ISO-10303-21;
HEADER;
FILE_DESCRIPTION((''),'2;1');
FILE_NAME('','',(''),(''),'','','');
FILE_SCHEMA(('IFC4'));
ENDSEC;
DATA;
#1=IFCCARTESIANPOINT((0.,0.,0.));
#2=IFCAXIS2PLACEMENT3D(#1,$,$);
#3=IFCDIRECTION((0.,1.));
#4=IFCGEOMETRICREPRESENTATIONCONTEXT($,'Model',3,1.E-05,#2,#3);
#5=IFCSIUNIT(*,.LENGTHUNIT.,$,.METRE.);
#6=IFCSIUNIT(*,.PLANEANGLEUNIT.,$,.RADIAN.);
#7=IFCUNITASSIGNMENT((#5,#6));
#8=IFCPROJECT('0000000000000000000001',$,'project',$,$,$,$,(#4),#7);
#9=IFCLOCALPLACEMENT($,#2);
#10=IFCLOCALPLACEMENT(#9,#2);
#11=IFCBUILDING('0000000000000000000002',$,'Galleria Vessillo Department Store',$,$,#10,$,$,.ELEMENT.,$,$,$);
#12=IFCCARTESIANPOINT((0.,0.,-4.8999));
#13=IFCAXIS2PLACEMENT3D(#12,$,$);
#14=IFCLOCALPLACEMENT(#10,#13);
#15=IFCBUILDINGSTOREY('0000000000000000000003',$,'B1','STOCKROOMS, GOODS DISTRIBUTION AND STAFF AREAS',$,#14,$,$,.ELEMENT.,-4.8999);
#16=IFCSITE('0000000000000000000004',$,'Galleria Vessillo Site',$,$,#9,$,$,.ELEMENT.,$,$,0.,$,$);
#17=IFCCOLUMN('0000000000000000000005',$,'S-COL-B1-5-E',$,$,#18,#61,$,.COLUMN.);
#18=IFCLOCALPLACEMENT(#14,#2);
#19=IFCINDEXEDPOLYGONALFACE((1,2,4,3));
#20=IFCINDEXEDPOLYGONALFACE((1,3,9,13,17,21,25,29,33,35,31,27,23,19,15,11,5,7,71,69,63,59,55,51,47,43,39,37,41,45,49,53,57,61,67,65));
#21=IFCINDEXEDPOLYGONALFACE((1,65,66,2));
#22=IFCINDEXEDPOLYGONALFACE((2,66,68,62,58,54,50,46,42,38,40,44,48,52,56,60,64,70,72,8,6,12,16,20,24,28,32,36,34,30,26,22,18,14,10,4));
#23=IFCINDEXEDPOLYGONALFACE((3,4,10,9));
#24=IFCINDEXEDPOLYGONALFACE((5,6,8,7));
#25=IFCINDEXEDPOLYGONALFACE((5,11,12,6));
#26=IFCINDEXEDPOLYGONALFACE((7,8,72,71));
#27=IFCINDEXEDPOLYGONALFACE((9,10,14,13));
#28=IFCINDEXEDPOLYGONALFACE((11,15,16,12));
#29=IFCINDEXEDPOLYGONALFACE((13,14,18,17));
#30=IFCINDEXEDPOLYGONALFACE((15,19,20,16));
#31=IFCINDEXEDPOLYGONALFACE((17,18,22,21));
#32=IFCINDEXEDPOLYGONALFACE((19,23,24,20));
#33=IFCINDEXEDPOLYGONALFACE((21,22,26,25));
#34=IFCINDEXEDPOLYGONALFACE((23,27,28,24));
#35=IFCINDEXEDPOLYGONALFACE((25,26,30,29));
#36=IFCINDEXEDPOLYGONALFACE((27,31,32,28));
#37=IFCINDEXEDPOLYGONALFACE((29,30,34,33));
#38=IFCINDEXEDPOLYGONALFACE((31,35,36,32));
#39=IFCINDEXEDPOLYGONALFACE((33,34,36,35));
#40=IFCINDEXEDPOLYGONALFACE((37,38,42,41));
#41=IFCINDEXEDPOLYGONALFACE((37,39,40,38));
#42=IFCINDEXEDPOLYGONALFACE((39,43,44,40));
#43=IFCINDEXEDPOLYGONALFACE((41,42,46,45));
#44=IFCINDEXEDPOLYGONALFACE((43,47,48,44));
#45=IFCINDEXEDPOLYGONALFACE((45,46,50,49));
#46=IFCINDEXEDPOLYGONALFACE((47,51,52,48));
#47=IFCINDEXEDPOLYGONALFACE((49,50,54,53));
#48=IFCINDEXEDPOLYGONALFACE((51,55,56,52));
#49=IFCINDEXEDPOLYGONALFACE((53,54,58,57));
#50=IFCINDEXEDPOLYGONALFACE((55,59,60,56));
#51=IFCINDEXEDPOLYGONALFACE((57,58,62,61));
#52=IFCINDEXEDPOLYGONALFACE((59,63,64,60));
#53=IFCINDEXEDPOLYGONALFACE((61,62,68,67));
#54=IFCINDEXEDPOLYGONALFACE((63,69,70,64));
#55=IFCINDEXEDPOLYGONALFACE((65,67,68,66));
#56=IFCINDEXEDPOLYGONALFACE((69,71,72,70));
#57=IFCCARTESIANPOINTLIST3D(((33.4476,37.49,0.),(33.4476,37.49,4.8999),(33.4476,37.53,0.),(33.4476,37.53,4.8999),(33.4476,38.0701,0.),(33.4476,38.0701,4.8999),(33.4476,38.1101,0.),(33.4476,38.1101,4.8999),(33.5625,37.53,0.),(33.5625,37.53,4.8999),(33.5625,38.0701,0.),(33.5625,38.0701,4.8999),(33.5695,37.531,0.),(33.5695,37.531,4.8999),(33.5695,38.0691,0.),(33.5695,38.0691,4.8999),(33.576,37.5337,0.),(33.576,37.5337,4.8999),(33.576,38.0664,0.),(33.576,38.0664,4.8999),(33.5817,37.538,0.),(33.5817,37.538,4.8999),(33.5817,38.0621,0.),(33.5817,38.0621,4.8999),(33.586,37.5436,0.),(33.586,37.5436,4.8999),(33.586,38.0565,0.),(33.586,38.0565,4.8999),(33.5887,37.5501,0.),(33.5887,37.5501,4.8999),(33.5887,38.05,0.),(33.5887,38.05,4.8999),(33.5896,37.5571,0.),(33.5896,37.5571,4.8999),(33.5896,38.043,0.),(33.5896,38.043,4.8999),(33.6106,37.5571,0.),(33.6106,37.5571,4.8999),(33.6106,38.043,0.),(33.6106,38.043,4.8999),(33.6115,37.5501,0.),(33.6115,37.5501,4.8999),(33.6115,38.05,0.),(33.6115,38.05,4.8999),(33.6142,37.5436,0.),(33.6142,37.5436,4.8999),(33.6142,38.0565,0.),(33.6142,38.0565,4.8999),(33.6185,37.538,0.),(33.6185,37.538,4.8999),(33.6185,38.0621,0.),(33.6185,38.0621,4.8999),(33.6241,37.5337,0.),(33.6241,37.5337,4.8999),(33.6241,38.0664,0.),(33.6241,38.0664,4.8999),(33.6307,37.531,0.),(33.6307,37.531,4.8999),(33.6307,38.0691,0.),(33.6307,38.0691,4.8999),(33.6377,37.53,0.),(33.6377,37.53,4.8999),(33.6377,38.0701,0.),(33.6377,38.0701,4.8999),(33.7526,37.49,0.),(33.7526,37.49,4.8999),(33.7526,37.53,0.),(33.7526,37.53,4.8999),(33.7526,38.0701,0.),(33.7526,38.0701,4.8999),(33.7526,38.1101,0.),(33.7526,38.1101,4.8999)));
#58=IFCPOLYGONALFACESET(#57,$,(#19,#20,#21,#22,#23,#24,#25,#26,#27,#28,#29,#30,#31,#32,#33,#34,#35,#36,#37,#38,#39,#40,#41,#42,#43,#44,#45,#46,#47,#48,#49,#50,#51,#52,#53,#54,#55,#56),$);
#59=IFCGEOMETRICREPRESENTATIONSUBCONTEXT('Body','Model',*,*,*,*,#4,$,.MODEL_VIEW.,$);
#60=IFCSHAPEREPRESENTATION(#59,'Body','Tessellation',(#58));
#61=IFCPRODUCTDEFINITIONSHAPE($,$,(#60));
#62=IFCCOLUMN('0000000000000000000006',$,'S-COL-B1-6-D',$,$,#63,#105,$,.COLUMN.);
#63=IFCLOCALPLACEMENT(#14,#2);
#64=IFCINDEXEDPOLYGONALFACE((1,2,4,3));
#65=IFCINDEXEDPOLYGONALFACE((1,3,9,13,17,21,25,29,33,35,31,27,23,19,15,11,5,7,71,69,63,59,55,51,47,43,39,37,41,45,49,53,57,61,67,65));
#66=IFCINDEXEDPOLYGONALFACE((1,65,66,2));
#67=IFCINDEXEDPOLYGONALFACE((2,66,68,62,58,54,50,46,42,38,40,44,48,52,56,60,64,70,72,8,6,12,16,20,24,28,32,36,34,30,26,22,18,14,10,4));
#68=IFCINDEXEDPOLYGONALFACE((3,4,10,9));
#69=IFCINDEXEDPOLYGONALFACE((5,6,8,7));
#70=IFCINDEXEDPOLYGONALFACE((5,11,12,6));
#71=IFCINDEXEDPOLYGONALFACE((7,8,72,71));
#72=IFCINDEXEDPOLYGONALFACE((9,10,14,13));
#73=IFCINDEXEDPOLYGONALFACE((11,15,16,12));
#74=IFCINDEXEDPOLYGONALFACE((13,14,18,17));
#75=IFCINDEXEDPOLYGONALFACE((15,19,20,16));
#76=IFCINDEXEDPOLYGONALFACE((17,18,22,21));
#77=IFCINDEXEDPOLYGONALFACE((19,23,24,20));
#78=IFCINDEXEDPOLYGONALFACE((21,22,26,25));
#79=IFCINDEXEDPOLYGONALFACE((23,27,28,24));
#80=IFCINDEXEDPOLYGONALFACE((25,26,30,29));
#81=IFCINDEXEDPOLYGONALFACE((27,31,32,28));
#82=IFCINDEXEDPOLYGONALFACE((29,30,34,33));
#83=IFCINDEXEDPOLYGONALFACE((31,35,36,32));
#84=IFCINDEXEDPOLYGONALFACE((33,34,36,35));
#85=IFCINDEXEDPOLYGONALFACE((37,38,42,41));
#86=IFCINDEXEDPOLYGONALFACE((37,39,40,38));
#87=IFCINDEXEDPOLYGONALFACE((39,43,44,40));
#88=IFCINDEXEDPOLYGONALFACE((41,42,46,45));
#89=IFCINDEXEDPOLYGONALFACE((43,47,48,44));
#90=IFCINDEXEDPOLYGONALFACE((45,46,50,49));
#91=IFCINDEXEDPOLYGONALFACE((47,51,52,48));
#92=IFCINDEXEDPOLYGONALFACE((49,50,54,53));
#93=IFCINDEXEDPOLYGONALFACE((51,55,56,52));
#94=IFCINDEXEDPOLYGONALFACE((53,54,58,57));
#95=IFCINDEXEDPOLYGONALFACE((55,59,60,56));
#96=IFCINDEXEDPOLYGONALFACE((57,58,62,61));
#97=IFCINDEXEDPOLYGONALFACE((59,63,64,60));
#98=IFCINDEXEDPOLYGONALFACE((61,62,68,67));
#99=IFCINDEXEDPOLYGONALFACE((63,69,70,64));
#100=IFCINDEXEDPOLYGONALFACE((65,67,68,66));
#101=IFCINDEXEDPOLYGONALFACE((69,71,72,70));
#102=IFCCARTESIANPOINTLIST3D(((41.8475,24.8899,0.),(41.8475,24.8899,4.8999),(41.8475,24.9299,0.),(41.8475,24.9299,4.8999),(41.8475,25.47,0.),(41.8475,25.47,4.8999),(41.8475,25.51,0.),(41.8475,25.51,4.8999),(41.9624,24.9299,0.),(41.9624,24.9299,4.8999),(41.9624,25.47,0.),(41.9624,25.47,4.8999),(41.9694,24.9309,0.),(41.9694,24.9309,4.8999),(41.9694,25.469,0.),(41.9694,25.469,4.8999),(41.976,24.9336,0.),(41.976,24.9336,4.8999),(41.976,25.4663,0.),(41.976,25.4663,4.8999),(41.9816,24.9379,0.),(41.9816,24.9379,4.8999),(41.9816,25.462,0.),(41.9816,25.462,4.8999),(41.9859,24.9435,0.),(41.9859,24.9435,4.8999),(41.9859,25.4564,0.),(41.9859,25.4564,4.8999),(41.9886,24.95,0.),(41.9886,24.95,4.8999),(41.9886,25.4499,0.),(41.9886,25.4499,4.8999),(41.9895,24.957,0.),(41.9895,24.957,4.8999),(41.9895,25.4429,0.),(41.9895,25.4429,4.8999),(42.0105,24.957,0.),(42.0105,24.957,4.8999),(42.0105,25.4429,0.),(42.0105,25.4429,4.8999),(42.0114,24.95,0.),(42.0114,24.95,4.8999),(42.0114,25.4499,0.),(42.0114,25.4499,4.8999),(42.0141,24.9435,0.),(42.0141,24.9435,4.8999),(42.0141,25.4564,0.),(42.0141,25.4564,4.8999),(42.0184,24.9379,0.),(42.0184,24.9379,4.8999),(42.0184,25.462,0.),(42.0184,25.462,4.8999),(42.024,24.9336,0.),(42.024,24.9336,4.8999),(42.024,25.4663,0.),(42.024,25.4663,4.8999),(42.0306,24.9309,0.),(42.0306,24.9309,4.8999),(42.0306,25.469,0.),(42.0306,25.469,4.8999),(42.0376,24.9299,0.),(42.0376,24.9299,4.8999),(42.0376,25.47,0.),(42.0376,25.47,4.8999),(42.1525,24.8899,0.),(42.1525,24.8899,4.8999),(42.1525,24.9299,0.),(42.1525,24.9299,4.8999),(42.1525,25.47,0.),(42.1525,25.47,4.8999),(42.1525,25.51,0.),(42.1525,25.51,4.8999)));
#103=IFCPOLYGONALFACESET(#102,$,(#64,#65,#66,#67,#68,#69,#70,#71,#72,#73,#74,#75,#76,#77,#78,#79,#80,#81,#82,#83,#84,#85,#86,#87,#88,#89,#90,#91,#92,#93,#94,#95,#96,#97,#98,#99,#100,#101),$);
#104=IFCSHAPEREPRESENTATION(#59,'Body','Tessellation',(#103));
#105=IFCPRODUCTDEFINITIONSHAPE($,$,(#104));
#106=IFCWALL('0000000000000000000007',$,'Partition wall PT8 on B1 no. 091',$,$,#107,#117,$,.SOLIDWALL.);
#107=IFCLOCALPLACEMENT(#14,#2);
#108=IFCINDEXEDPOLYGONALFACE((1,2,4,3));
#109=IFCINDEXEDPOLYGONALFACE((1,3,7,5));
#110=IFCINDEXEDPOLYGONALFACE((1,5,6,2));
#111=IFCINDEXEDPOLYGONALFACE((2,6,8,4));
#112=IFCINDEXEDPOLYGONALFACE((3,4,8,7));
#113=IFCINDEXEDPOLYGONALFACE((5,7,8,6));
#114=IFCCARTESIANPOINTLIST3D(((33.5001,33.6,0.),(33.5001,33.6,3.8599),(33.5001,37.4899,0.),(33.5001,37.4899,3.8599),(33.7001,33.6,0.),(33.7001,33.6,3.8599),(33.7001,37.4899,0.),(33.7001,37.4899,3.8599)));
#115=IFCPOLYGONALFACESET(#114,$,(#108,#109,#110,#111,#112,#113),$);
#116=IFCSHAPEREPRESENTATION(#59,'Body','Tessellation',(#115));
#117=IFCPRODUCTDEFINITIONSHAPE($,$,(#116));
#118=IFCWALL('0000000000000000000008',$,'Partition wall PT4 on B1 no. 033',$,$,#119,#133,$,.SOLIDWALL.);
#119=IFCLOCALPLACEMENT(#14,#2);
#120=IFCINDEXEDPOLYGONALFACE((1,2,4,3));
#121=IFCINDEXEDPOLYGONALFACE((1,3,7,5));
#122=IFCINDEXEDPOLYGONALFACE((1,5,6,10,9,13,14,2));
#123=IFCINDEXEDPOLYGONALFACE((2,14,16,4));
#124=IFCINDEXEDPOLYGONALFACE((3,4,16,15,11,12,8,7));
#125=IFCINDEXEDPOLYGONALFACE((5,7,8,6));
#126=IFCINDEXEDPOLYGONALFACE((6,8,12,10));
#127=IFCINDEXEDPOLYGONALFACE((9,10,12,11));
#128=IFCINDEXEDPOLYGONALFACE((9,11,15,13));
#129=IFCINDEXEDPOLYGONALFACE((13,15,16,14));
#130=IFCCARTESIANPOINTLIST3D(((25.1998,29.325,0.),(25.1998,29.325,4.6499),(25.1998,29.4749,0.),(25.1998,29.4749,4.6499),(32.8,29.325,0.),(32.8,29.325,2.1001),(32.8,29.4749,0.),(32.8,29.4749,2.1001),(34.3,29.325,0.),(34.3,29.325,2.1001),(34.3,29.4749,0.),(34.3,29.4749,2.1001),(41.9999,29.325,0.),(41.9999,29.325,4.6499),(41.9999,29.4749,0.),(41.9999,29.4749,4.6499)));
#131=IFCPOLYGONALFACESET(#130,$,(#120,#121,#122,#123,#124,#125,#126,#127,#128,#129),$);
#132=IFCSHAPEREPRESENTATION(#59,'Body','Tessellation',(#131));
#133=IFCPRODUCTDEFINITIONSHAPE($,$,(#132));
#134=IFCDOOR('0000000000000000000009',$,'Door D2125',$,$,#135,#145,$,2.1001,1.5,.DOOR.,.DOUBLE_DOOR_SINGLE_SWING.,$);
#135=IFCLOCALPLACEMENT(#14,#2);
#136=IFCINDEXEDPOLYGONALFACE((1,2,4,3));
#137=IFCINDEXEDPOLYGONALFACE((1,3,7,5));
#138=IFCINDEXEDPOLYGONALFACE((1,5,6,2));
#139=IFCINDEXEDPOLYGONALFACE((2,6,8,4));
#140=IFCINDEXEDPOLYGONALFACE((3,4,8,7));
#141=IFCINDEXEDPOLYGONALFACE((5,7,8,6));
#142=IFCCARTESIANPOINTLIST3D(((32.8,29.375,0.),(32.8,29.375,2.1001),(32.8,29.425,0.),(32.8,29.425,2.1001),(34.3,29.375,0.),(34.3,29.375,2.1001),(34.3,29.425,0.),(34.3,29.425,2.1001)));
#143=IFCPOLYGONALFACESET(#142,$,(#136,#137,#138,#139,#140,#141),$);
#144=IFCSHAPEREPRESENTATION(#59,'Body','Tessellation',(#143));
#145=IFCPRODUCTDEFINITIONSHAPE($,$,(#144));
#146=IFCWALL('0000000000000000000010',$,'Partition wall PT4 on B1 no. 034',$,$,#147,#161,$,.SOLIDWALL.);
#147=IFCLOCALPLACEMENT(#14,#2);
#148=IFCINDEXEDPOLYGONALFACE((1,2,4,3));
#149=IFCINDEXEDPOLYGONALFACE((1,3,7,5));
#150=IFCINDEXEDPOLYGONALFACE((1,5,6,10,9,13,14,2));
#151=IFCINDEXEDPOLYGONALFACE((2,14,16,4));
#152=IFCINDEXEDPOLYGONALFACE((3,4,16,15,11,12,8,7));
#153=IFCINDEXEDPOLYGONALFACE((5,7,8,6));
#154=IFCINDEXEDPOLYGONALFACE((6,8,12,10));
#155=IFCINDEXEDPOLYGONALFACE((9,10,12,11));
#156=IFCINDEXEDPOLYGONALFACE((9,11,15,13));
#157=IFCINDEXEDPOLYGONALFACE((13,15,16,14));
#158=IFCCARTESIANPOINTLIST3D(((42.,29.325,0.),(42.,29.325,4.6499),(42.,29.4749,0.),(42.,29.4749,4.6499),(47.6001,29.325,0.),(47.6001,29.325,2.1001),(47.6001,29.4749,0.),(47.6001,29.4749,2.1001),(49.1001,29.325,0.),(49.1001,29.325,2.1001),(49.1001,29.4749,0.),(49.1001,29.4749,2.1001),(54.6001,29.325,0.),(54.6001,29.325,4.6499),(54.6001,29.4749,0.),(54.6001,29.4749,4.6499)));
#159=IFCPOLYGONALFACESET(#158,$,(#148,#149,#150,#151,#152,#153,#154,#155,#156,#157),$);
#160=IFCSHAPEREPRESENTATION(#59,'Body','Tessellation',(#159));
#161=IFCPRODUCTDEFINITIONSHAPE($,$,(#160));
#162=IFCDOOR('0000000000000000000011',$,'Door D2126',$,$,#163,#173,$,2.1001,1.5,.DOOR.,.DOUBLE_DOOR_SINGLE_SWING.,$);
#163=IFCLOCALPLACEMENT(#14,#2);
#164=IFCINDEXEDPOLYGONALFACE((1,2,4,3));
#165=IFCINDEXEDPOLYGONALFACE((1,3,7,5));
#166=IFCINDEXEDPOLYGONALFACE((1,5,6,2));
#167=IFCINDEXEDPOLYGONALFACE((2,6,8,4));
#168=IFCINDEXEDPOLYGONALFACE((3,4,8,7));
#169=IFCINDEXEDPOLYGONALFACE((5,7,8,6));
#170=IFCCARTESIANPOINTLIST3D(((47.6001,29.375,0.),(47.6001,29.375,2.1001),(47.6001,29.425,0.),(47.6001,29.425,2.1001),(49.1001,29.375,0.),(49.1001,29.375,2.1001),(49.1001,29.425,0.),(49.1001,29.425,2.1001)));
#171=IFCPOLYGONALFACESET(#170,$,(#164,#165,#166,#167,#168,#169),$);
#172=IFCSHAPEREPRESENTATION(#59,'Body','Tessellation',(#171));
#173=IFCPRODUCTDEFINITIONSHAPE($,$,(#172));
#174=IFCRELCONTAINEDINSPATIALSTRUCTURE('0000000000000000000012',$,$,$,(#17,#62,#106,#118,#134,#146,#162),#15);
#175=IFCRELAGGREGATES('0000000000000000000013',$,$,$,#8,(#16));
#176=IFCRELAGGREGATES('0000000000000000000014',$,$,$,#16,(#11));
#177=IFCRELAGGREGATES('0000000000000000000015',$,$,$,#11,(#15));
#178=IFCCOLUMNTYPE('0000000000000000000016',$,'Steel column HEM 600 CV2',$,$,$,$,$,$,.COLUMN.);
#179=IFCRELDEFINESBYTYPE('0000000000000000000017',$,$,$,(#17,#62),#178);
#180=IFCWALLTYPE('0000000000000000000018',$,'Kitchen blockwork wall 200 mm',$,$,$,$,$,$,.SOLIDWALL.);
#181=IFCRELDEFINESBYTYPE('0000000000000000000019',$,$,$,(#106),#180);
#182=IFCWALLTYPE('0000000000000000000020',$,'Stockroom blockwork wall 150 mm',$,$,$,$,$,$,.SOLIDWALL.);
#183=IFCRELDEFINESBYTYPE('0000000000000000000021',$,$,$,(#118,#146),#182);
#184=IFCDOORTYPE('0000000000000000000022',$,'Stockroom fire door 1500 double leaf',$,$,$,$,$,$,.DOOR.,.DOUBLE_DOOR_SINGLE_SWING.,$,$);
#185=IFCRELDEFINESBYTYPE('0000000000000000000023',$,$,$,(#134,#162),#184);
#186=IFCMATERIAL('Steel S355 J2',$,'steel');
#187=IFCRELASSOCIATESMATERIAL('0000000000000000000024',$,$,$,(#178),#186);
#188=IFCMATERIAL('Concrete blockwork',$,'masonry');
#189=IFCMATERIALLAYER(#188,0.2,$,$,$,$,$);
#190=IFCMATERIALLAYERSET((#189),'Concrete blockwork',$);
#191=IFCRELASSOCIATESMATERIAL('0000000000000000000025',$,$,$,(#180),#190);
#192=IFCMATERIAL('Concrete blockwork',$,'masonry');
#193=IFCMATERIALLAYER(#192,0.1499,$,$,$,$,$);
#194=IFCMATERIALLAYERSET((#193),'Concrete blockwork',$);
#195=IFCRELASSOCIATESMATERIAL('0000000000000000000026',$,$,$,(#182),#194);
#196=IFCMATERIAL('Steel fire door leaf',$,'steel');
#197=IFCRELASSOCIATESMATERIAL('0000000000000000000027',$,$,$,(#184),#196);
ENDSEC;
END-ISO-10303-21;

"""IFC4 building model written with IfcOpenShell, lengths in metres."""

from ifc_helpers import new_model, si_unit, direction, frame, frame_2d, origin, origin_2d, place, context, subcontext, project, spatial, rectangle, i_section, extrude, material, layer, layer_set, material_profile, profile_set, type_object, element, fill, save


model = new_model("IFC4")

# Units and contexts
model_context = context("Model", 3, precision=1e-05, world=origin(), true_north=direction((0.0, 1.0)))
body_context = subcontext(model_context, "Body", "Model", "MODEL_VIEW")
ifc_project = project(units=[si_unit("LENGTHUNIT", "METRE"), si_unit("PLANEANGLEUNIT", "RADIAN")], contexts=[model_context])

# Site, building, storey
site_placement = place(None, origin())
site = spatial("IfcSite", under=ifc_project, at=site_placement, Name="Galleria Vessillo Site", CompositionType="ELEMENT", RefElevation=0.0)
building_placement = place(site_placement, origin())
building = spatial("IfcBuilding", under=site, at=building_placement, Name="Galleria Vessillo Department Store", CompositionType="ELEMENT")
storey_placement = place(building_placement, frame((0.0, 0.0, -4.8999)))
storey = spatial("IfcBuildingStorey", under=building, at=storey_placement, Name="B1", Description="STOCKROOMS, GOODS DISTRIBUTION AND STAFF AREAS", CompositionType="ELEMENT", Elevation=-4.8999)

# Columns
ifc_material_1 = material(Name="Steel S355 J2", Category="steel")
ifc_material_profile_1 = material_profile(ifc_material_1, i_section(OverallWidth=0.3049, OverallDepth=0.6201, WebThickness=0.021, FlangeThickness=0.04, FilletRadius=0.0271, at=origin_2d()), Name="HEM 600")
ifc_profile_set_1 = profile_set([ifc_material_profile_1], Name="Steel S355 J2")
column_type_1 = type_object("IfcColumnType", Name="Steel column HEM 600 CV2", PredefinedType="COLUMN", material=ifc_profile_set_1)
for number, where, z_axis, x_axis, name in (
    (1, (33.6001, 37.8, 0.0), (0.0, 0.0, 1.0), (1.0, 0.0, 0.0), "S-COL-B1-5-E"),
    (2, (42.0, 25.2, 0.0), (0.0, 0.0, 1.0), (1.0, 0.0, 0.0), "S-COL-B1-6-D"),
):
    element("IfcColumn", number, at=place(storey_placement, frame(where, z_axis=z_axis, x_axis=x_axis)), inside=storey, type_object=column_type_1, Name=name, PredefinedType="COLUMN", context=body_context, shape_type="SweptSolid", body=[
        extrude(i_section(OverallWidth=0.3049, OverallDepth=0.6201, WebThickness=0.021, FlangeThickness=0.04, FilletRadius=0.0271, at=origin_2d()), origin(), (0.0, 0.0, 1.0), 4.8999),
    ])

# Wall
ifc_material_2 = material(Name="Concrete blockwork", Category="masonry")
ifc_layer_1 = layer(ifc_material_2, 0.2)
ifc_layer_set_1 = layer_set([ifc_layer_1], Name="Concrete blockwork")
wall_type_1 = type_object("IfcWallType", Name="Kitchen blockwork wall 200 mm", PredefinedType="SOLIDWALL", material=ifc_layer_set_1)
wall_1_placement = place(storey_placement, frame((33.6001, 33.6001, 0.0), z_axis=(0.0, 0.0, 1.0), x_axis=(0.0, 1.0, 0.0)))
element("IfcWall", 3, at=wall_1_placement, inside=storey, type_object=wall_type_1, Name="Partition wall PT8 on B1 no. 091", PredefinedType="SOLIDWALL", context=body_context, shape_type="SweptSolid", body=[
    extrude(rectangle(XDim=3.8899, YDim=0.2, at=frame_2d((1.9448, 0.0))), origin(), (0.0, 0.0, 1.0), 3.8599),
])

# Walls, openings, doors
ifc_material_3 = material(Name="Concrete blockwork", Category="masonry")
ifc_layer_2 = layer(ifc_material_3, 0.1499)
ifc_layer_set_2 = layer_set([ifc_layer_2], Name="Concrete blockwork")
wall_type_2 = type_object("IfcWallType", Name="Stockroom blockwork wall 150 mm", PredefinedType="SOLIDWALL", material=ifc_layer_set_2)
wall_2_placement = place(storey_placement, frame((25.2, 29.3999, 0.0), z_axis=(0.0, 0.0, 1.0), x_axis=(1.0, 0.0, 0.0)))
wall_2 = element("IfcWall", 4, at=wall_2_placement, inside=storey, type_object=wall_type_2, Name="Partition wall PT4 on B1 no. 033", PredefinedType="SOLIDWALL", context=body_context, shape_type="SweptSolid", body=[
    extrude(rectangle(XDim=16.8, YDim=0.1499, at=frame_2d((8.3999, 0.0))), origin(), (0.0, 0.0, 1.0), 4.6499),
])
opening_1_placement = place(wall_2_placement, frame((7.6001, 0.0, 0.0)))
opening_1 = element("IfcOpeningElement", 5, at=opening_1_placement, cuts=wall_2, PredefinedType="OPENING", context=body_context, shape_type="SweptSolid", body=[
    extrude(rectangle(XDim=1.5, YDim=2.1001, at=frame_2d((0.75, 1.05))), frame((0.0, 0.085, 0.0), z_axis=(0.0, -1.0, 0.0), x_axis=(1.0, 0.0, 0.0)), (0.0, 0.0, 1.0), 0.1699),
])
ifc_material_4 = material(Name="Steel fire door leaf", Category="steel")
door_type_1 = type_object("IfcDoorType", Name="Stockroom fire door 1500 double leaf", OperationType="DOUBLE_DOOR_SINGLE_SWING", PredefinedType="DOOR", material=ifc_material_4)
door_1_placement = place(opening_1_placement, frame((1.5, 0.0, 0.0), z_axis=(0.0, 0.0, 1.0), x_axis=(-1.0, 0.0, 0.0)))
door_1 = element("IfcDoor", 6, at=door_1_placement, inside=storey, type_object=door_type_1, Name="Door D2125", OperationType="DOUBLE_DOOR_SINGLE_SWING", OverallHeight=2.1001, OverallWidth=1.5, PredefinedType="DOOR", context=body_context, shape_type="SweptSolid", body=[
    extrude(rectangle(XDim=1.5, YDim=2.1001, at=frame_2d((0.75, 1.05))), frame((0.0, 0.0249, 0.0), z_axis=(0.0, -1.0, 0.0), x_axis=(1.0, 0.0, 0.0)), (0.0, 0.0, 1.0), 0.05),
])
fill(opening_1, door_1)
wall_3_placement = place(storey_placement, frame((42.0, 29.3999, 0.0), z_axis=(0.0, 0.0, 1.0), x_axis=(1.0, 0.0, 0.0)))
wall_3 = element("IfcWall", 7, at=wall_3_placement, inside=storey, type_object=wall_type_2, Name="Partition wall PT4 on B1 no. 034", PredefinedType="SOLIDWALL", context=body_context, shape_type="SweptSolid", body=[
    extrude(rectangle(XDim=12.6001, YDim=0.1499, at=frame_2d((6.3, 0.0))), origin(), (0.0, 0.0, 1.0), 4.6499),
])
opening_2_placement = place(wall_3_placement, frame((5.6001, 0.0, 0.0)))
opening_2 = element("IfcOpeningElement", 8, at=opening_2_placement, cuts=wall_3, PredefinedType="OPENING", context=body_context, shape_type="SweptSolid", body=[
    extrude(rectangle(XDim=1.5, YDim=2.1001, at=frame_2d((0.75, 1.05))), frame((0.0, 0.085, 0.0), z_axis=(0.0, -1.0, 0.0), x_axis=(1.0, 0.0, 0.0)), (0.0, 0.0, 1.0), 0.1699),
])
door_2_placement = place(opening_2_placement, frame((1.5, 0.0, 0.0), z_axis=(0.0, 0.0, 1.0), x_axis=(-1.0, 0.0, 0.0)))
door_2 = element("IfcDoor", 9, at=door_2_placement, inside=storey, type_object=door_type_1, Name="Door D2126", OperationType="DOUBLE_DOOR_SINGLE_SWING", OverallHeight=2.1001, OverallWidth=1.5, PredefinedType="DOOR", context=body_context, shape_type="SweptSolid", body=[
    extrude(rectangle(XDim=1.5, YDim=2.1001, at=frame_2d((0.75, 1.05))), frame((0.0, 0.0249, 0.0), z_axis=(0.0, -1.0, 0.0), x_axis=(1.0, 0.0, 0.0)), (0.0, 0.0, 1.0), 0.05),
])
fill(opening_2, door_2)

save(model, "model.ifc")
